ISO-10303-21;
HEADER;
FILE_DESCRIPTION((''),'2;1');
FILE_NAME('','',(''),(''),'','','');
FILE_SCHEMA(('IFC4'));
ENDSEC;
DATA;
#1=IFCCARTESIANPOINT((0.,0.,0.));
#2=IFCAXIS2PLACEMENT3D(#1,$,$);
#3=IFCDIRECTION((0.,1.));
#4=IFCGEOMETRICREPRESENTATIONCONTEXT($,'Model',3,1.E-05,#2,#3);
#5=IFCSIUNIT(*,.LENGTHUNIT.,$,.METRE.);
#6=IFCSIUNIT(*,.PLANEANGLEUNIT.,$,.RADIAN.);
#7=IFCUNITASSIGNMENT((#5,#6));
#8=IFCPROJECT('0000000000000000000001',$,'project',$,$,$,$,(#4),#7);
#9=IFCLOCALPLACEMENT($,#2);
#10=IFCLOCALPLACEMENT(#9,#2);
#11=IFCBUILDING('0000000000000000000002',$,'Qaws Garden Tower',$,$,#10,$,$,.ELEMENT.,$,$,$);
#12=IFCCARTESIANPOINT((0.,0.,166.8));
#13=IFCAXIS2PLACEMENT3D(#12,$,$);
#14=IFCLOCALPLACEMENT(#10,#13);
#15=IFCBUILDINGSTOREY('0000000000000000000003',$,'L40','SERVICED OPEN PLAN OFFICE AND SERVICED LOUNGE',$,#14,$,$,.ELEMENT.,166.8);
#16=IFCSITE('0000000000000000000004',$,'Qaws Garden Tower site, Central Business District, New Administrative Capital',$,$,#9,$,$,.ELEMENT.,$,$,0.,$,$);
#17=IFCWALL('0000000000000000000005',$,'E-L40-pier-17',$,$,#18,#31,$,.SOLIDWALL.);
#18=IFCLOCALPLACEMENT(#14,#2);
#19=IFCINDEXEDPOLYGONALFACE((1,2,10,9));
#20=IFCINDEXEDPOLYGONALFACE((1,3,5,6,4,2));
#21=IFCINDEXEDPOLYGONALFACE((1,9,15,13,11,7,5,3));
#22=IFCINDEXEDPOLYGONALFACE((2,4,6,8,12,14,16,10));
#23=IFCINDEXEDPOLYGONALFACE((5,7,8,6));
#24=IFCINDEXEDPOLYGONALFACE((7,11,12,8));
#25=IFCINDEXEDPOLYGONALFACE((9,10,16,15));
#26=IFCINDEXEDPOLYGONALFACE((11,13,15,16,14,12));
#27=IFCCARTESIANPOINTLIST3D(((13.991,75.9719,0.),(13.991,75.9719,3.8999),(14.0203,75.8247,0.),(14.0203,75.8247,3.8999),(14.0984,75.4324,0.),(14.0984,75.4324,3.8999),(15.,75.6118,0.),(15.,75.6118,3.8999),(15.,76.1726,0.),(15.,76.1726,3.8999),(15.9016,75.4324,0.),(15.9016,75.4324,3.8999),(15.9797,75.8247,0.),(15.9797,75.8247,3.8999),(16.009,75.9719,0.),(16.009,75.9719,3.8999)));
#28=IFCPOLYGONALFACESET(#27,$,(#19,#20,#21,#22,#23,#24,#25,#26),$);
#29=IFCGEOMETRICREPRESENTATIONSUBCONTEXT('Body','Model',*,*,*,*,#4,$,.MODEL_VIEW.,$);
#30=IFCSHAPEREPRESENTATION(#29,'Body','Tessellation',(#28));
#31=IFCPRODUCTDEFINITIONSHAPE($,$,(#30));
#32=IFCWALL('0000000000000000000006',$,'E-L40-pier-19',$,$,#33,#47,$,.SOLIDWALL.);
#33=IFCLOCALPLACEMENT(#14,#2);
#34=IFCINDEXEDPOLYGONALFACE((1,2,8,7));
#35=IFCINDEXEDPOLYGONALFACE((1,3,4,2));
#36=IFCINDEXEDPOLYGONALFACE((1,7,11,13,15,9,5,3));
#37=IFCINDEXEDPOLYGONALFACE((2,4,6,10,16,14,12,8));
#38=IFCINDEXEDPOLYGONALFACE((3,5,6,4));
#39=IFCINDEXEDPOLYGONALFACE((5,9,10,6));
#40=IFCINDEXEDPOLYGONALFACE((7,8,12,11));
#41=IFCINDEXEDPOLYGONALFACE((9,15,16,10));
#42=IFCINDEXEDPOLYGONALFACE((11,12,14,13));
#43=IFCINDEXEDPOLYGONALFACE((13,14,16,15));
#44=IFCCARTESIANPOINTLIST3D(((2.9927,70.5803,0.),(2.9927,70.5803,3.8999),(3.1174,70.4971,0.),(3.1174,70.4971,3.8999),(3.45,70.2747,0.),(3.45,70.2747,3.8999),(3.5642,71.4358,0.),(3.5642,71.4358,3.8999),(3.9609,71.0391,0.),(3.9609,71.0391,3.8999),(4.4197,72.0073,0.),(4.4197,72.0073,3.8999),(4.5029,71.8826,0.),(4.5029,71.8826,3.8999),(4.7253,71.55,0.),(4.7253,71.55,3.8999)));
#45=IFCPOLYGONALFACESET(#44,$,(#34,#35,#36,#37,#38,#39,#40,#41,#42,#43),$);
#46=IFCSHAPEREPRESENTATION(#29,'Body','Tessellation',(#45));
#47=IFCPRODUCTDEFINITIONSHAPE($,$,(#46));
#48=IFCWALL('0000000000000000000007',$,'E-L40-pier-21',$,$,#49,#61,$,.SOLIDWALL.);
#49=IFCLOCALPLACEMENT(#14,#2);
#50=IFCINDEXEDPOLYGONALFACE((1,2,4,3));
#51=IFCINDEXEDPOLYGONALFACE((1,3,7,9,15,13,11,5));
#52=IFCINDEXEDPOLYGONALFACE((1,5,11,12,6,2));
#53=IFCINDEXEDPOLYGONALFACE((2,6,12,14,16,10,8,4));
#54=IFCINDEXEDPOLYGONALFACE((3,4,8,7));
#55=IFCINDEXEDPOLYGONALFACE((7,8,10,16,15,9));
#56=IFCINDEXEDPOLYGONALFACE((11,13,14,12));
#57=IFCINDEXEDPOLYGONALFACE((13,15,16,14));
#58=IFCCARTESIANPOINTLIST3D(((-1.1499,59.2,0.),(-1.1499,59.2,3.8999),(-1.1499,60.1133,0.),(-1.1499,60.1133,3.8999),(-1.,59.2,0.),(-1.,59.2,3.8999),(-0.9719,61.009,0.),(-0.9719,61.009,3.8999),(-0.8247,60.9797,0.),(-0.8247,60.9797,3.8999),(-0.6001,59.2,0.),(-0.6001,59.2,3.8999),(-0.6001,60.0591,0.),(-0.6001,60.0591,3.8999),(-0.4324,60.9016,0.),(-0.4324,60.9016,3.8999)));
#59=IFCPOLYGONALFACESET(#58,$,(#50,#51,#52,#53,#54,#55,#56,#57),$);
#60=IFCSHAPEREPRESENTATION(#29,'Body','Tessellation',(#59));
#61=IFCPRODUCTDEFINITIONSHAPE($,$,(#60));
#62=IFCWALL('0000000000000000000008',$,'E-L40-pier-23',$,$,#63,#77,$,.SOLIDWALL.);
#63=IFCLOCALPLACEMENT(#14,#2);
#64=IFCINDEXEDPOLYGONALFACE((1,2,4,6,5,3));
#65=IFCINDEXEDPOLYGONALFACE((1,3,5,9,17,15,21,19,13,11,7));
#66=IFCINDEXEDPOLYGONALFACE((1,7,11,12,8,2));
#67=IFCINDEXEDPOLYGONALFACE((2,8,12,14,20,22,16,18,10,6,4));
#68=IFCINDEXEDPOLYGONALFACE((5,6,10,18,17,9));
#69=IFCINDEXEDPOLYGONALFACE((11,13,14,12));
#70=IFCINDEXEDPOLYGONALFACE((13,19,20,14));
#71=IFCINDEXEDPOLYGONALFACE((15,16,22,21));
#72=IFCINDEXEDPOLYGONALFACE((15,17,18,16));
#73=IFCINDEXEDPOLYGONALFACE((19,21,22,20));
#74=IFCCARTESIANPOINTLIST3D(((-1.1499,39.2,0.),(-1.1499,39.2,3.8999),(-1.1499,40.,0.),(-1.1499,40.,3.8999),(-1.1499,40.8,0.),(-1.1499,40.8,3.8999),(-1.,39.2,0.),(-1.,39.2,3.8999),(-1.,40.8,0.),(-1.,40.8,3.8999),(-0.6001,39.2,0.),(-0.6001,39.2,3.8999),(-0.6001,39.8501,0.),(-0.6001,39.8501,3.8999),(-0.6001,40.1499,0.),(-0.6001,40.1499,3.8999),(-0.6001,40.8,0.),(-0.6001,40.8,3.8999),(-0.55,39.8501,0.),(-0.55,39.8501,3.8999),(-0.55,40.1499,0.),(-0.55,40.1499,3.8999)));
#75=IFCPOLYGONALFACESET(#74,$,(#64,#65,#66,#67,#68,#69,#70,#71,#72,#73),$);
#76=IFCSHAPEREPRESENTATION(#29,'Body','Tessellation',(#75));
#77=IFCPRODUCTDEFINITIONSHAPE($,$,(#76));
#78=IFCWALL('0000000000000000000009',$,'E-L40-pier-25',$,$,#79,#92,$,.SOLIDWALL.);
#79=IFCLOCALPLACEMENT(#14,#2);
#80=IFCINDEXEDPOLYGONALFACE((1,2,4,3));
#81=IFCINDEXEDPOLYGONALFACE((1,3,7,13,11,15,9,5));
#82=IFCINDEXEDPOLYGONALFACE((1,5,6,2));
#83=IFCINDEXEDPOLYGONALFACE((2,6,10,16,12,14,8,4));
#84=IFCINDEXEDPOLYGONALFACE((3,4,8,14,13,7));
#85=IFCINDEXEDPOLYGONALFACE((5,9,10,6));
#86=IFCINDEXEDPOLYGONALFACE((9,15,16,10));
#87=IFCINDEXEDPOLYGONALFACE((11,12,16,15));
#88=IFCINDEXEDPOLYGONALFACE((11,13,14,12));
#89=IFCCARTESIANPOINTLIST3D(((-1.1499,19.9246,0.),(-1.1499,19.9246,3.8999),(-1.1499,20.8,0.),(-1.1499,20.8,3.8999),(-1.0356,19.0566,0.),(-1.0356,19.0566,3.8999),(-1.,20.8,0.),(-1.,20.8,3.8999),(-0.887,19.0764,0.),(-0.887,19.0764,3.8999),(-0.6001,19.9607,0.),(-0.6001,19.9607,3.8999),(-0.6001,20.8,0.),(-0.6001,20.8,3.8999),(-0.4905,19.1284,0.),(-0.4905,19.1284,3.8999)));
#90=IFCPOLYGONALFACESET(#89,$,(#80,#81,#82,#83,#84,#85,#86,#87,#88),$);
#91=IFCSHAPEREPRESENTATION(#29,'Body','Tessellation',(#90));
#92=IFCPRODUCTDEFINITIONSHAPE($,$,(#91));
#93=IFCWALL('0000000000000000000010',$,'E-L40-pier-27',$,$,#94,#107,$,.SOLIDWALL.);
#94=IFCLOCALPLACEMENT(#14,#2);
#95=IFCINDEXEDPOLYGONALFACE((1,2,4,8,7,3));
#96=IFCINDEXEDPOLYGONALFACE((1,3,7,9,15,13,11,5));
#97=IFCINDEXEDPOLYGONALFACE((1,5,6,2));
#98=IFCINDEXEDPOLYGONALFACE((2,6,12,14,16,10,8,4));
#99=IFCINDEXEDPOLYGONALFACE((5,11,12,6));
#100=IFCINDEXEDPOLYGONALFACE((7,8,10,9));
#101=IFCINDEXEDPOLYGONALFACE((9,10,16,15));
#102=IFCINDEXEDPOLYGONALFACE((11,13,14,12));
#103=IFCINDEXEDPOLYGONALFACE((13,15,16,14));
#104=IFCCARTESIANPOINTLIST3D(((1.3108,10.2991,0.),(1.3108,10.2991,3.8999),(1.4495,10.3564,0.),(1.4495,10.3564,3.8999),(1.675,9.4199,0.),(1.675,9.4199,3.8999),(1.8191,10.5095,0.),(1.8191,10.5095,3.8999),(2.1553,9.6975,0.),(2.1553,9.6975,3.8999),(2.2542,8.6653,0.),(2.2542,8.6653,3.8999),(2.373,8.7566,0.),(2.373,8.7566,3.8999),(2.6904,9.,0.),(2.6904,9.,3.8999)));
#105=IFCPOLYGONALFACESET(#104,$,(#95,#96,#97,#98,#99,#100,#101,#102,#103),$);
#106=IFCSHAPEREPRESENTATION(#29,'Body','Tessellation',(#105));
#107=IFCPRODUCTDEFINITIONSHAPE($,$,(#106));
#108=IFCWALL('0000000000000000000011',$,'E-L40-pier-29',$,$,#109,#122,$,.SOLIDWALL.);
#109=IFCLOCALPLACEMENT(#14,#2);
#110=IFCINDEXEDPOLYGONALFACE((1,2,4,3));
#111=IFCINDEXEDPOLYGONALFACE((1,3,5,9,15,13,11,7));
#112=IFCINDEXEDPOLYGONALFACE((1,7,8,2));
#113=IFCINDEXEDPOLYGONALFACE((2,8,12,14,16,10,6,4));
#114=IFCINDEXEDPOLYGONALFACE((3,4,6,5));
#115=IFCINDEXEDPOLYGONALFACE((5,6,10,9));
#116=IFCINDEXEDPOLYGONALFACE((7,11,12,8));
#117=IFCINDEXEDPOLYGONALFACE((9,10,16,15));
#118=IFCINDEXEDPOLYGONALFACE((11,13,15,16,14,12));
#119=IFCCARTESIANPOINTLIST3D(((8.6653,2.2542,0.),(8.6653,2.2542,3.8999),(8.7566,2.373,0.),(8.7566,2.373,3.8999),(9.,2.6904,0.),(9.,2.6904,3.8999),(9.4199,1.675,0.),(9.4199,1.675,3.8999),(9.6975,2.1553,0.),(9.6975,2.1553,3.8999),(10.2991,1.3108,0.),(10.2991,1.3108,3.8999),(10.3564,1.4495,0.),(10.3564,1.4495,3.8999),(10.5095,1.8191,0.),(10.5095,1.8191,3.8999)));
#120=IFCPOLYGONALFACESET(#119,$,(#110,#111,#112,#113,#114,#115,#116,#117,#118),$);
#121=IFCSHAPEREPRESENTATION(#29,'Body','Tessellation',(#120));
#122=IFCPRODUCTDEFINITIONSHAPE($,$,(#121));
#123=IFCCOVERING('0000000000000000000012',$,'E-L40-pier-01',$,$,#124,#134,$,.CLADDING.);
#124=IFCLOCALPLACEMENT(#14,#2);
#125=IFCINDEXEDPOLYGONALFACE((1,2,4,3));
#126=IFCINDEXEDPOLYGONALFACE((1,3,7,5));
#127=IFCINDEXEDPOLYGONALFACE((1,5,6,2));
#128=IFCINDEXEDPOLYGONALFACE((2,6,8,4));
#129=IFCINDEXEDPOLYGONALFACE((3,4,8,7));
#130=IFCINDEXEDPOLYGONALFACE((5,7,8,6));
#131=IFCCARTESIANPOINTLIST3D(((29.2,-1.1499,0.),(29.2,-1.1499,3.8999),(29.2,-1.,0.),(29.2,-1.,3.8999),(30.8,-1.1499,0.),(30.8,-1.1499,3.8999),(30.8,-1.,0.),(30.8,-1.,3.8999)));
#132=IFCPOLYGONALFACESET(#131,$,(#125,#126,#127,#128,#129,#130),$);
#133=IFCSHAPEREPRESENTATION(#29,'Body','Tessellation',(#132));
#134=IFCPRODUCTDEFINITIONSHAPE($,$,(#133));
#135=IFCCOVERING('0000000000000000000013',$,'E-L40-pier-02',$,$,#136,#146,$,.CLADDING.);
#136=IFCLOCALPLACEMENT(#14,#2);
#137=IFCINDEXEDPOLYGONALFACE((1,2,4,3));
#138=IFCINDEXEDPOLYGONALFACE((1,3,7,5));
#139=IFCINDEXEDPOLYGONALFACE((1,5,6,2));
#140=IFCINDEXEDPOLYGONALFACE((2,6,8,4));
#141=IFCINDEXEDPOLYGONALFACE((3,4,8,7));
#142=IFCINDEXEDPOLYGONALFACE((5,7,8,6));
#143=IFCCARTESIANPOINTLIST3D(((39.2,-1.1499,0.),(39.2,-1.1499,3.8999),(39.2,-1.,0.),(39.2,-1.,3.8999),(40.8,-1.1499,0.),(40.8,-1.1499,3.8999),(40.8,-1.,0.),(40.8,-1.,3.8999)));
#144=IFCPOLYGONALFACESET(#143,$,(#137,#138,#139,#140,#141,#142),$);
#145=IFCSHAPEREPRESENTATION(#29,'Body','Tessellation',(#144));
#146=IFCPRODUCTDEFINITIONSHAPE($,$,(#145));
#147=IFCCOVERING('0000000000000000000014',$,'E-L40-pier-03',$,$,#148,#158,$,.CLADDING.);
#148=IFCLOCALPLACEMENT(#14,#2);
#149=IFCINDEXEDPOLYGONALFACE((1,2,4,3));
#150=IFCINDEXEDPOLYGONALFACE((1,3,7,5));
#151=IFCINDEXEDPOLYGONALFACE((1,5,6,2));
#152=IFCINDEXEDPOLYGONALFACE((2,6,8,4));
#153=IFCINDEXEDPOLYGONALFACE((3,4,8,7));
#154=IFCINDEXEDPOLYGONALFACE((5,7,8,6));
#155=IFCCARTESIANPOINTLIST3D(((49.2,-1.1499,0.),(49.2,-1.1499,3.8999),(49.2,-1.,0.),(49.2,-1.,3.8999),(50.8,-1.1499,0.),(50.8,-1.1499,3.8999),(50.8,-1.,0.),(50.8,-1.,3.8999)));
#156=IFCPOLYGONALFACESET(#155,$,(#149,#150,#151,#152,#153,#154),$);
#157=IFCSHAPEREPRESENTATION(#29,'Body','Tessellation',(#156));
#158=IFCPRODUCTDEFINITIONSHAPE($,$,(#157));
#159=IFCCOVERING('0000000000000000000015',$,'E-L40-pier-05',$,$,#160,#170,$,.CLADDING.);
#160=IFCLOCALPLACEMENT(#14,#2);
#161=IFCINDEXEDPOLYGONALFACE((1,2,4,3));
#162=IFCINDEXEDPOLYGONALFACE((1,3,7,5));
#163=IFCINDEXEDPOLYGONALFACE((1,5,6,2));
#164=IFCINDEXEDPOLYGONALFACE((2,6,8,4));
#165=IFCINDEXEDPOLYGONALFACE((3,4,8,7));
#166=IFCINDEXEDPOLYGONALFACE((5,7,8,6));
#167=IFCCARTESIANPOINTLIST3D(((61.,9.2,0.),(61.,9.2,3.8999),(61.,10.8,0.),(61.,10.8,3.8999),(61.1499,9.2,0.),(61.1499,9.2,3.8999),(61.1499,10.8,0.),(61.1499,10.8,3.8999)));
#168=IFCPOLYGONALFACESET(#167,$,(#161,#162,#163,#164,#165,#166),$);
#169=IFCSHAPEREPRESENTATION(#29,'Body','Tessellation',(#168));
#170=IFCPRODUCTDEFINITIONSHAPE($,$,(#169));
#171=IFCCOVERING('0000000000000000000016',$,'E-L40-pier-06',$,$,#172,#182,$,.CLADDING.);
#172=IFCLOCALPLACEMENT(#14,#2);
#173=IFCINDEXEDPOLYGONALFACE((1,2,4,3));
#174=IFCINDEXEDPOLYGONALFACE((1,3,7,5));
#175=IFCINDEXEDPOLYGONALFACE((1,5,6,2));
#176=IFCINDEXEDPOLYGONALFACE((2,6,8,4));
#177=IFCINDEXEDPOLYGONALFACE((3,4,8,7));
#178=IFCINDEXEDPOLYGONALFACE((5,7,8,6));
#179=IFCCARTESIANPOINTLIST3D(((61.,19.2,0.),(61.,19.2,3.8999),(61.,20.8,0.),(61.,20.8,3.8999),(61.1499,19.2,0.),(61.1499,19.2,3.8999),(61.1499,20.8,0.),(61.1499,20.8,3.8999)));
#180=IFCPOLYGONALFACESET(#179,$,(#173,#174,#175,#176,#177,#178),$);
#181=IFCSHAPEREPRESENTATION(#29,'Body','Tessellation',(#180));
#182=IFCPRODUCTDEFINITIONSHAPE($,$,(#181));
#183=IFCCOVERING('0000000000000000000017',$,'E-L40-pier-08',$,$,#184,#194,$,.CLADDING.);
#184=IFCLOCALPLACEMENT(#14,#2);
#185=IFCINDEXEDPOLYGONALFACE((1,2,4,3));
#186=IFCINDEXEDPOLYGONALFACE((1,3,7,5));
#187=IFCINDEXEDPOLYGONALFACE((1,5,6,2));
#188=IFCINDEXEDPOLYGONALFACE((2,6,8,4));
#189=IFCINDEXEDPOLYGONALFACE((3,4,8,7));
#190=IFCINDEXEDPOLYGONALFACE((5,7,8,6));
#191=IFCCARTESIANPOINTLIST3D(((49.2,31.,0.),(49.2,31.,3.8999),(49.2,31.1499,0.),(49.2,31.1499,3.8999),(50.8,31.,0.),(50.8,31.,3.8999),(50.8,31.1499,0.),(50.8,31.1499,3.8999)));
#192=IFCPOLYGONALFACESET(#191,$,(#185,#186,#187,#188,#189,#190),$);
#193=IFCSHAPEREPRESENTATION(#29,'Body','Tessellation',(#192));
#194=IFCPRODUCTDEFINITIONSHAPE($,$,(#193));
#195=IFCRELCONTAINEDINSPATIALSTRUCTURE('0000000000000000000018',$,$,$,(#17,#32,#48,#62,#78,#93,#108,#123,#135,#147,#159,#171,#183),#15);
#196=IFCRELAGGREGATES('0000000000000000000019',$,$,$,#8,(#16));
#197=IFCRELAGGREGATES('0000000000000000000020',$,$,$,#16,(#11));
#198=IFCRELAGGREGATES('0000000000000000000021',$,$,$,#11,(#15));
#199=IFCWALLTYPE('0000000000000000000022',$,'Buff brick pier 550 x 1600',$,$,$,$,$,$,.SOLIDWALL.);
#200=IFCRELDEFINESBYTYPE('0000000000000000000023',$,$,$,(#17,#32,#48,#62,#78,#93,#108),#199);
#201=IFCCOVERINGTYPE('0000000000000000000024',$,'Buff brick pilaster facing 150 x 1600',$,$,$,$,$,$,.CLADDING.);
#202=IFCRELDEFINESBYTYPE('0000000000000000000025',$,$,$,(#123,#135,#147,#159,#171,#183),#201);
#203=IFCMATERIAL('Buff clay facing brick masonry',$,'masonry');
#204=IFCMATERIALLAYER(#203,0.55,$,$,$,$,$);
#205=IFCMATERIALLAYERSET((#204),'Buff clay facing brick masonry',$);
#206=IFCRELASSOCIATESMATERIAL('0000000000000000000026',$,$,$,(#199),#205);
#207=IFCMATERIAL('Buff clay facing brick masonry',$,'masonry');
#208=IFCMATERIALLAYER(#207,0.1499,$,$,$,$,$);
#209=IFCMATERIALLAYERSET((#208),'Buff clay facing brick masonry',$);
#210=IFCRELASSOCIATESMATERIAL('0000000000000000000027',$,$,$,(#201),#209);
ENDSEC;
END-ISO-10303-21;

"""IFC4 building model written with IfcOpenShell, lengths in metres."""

from ifc_helpers import new_model, si_unit, direction, frame, origin, place, context, subcontext, project, spatial, polyline, outline, extrude, material, layer, layer_set, type_object, element, save


model = new_model("IFC4")

# Units and contexts
model_context = context("Model", 3, precision=1e-05, world=origin(), true_north=direction((0.0, 1.0)))
body_context = subcontext(model_context, "Body", "Model", "MODEL_VIEW")
ifc_project = project(units=[si_unit("LENGTHUNIT", "METRE"), si_unit("PLANEANGLEUNIT", "RADIAN")], contexts=[model_context])

# Site, building, storey
site_placement = place(None, origin())
site = spatial("IfcSite", under=ifc_project, at=site_placement, Name="Qaws Garden Tower site, Central Business District, New Administrative Capital", CompositionType="ELEMENT", RefElevation=0.0)
building_placement = place(site_placement, origin())
building = spatial("IfcBuilding", under=site, at=building_placement, Name="Qaws Garden Tower", CompositionType="ELEMENT")
storey_placement = place(building_placement, frame((0.0, 0.0, 166.8)))
storey = spatial("IfcBuildingStorey", under=building, at=storey_placement, Name="L40", Description="SERVICED OPEN PLAN OFFICE AND SERVICED LOUNGE", CompositionType="ELEMENT", Elevation=166.8)

# Walls
placement = place(storey_placement, origin())
ifc_material_1 = material(Name="Buff clay facing brick masonry", Category="masonry")
ifc_layer_1 = layer(ifc_material_1, 0.55)
ifc_layer_set_1 = layer_set([ifc_layer_1], Name="Buff clay facing brick masonry")
wall_type_1 = type_object("IfcWallType", Name="Buff brick pier 550 x 1600", PredefinedType="SOLIDWALL", material=ifc_layer_set_1)
element("IfcWall", 1, at=placement, inside=storey, type_object=wall_type_1, Name="E-L40-pier-17", PredefinedType="SOLIDWALL", context=body_context, shape_type="SweptSolid", body=[
    extrude(outline(polyline([(15.9797, 75.8247), (16.009, 75.9719), (15.0, 76.1726), (13.991, 75.9719), (14.0203, 75.8247), (14.0984, 75.4324), (15.0, 75.6118), (15.9016, 75.4324), (15.9797, 75.8247)])), origin(), (0.0, 0.0, 1.0), 3.8999),
])
element("IfcWall", 2, at=placement, inside=storey, type_object=wall_type_1, Name="E-L40-pier-19", PredefinedType="SOLIDWALL", context=body_context, shape_type="SweptSolid", body=[
    extrude(outline(polyline([(4.5029, 71.8826), (4.4197, 72.0073), (3.5642, 71.4358), (2.9927, 70.5803), (3.1174, 70.4971), (3.45, 70.2747), (3.9609, 71.0391), (4.7253, 71.55), (4.5029, 71.8826)])), origin(), (0.0, 0.0, 1.0), 3.8999),
])
element("IfcWall", 3, at=placement, inside=storey, type_object=wall_type_1, Name="E-L40-pier-21", PredefinedType="SOLIDWALL", context=body_context, shape_type="SweptSolid", body=[
    extrude(outline(polyline([(-0.8247, 60.9797), (-0.9719, 61.009), (-1.1499, 60.1133), (-1.1499, 59.2), (-1.0, 59.2), (-0.6001, 59.2), (-0.6001, 60.0591), (-0.4324, 60.9016), (-0.8247, 60.9797)])), origin(), (0.0, 0.0, 1.0), 3.8999),
])
element("IfcWall", 4, at=placement, inside=storey, type_object=wall_type_1, Name="E-L40-pier-23", PredefinedType="SOLIDWALL", context=body_context, shape_type="SweptSolid", body=[
    extrude(outline(polyline([(-0.6001, 39.2), (-0.6001, 39.8501), (-0.55, 39.8501), (-0.55, 40.1499), (-0.6001, 40.1499), (-0.6001, 40.8), (-1.0, 40.8), (-1.1499, 40.8), (-1.1499, 40.0), (-1.1499, 39.2), (-1.0, 39.2), (-0.6001, 39.2)])), origin(), (0.0, 0.0, 1.0), 3.8999),
])
element("IfcWall", 5, at=placement, inside=storey, type_object=wall_type_1, Name="E-L40-pier-25", PredefinedType="SOLIDWALL", context=body_context, shape_type="SweptSolid", body=[
    extrude(outline(polyline([(-1.0, 20.8), (-1.1499, 20.8), (-1.1499, 19.9246), (-1.0356, 19.0566), (-0.887, 19.0764), (-0.4905, 19.1284), (-0.6001, 19.9607), (-0.6001, 20.8), (-1.0, 20.8)])), origin(), (0.0, 0.0, 1.0), 3.8999),
])
element("IfcWall", 6, at=placement, inside=storey, type_object=wall_type_1, Name="E-L40-pier-27", PredefinedType="SOLIDWALL", context=body_context, shape_type="SweptSolid", body=[
    extrude(outline(polyline([(1.4495, 10.3564), (1.3108, 10.2991), (1.675, 9.4199), (2.2542, 8.6653), (2.373, 8.7566), (2.6904, 9.0), (2.1553, 9.6975), (1.8191, 10.5095), (1.4495, 10.3564)])), origin(), (0.0, 0.0, 1.0), 3.8999),
])
element("IfcWall", 7, at=placement, inside=storey, type_object=wall_type_1, Name="E-L40-pier-29", PredefinedType="SOLIDWALL", context=body_context, shape_type="SweptSolid", body=[
    extrude(outline(polyline([(8.7566, 2.373), (8.6653, 2.2542), (9.4199, 1.675), (10.2991, 1.3108), (10.3564, 1.4495), (10.5095, 1.8191), (9.6975, 2.1553), (9.0, 2.6904), (8.7566, 2.373)])), origin(), (0.0, 0.0, 1.0), 3.8999),
])

# Coverings
ifc_material_2 = material(Name="Buff clay facing brick masonry", Category="masonry")
ifc_layer_2 = layer(ifc_material_2, 0.1499)
ifc_layer_set_2 = layer_set([ifc_layer_2], Name="Buff clay facing brick masonry")
covering_type = type_object("IfcCoveringType", Name="Buff brick pilaster facing 150 x 1600", PredefinedType="CLADDING", material=ifc_layer_set_2)
element("IfcCovering", 8, at=placement, inside=storey, type_object=covering_type, Name="E-L40-pier-01", PredefinedType="CLADDING", context=body_context, shape_type="SweptSolid", body=[
    extrude(outline(polyline([(29.2, -1.0), (30.8, -1.0), (30.8, -1.1499), (29.2, -1.1499), (29.2, -1.0)])), origin(), (0.0, 0.0, 1.0), 3.8999),
])
element("IfcCovering", 9, at=placement, inside=storey, type_object=covering_type, Name="E-L40-pier-02", PredefinedType="CLADDING", context=body_context, shape_type="SweptSolid", body=[
    extrude(outline(polyline([(39.2, -1.0), (40.8, -1.0), (40.8, -1.1499), (39.2, -1.1499), (39.2, -1.0)])), origin(), (0.0, 0.0, 1.0), 3.8999),
])
element("IfcCovering", 10, at=placement, inside=storey, type_object=covering_type, Name="E-L40-pier-03", PredefinedType="CLADDING", context=body_context, shape_type="SweptSolid", body=[
    extrude(outline(polyline([(49.2, -1.0), (50.8, -1.0), (50.8, -1.1499), (49.2, -1.1499), (49.2, -1.0)])), origin(), (0.0, 0.0, 1.0), 3.8999),
])
element("IfcCovering", 11, at=placement, inside=storey, type_object=covering_type, Name="E-L40-pier-05", PredefinedType="CLADDING", context=body_context, shape_type="SweptSolid", body=[
    extrude(outline(polyline([(61.0, 9.2), (61.0, 10.8), (61.1499, 10.8), (61.1499, 9.2), (61.0, 9.2)])), origin(), (0.0, 0.0, 1.0), 3.8999),
])
element("IfcCovering", 12, at=placement, inside=storey, type_object=covering_type, Name="E-L40-pier-06", PredefinedType="CLADDING", context=body_context, shape_type="SweptSolid", body=[
    extrude(outline(polyline([(61.0, 19.2), (61.0, 20.8), (61.1499, 20.8), (61.1499, 19.2), (61.0, 19.2)])), origin(), (0.0, 0.0, 1.0), 3.8999),
])
element("IfcCovering", 13, at=placement, inside=storey, type_object=covering_type, Name="E-L40-pier-08", PredefinedType="CLADDING", context=body_context, shape_type="SweptSolid", body=[
    extrude(outline(polyline([(50.8, 31.0), (49.2, 31.0), (49.2, 31.1499), (50.8, 31.1499), (50.8, 31.0)])), origin(), (0.0, 0.0, 1.0), 3.8999),
])

save(model, "model.ifc")
